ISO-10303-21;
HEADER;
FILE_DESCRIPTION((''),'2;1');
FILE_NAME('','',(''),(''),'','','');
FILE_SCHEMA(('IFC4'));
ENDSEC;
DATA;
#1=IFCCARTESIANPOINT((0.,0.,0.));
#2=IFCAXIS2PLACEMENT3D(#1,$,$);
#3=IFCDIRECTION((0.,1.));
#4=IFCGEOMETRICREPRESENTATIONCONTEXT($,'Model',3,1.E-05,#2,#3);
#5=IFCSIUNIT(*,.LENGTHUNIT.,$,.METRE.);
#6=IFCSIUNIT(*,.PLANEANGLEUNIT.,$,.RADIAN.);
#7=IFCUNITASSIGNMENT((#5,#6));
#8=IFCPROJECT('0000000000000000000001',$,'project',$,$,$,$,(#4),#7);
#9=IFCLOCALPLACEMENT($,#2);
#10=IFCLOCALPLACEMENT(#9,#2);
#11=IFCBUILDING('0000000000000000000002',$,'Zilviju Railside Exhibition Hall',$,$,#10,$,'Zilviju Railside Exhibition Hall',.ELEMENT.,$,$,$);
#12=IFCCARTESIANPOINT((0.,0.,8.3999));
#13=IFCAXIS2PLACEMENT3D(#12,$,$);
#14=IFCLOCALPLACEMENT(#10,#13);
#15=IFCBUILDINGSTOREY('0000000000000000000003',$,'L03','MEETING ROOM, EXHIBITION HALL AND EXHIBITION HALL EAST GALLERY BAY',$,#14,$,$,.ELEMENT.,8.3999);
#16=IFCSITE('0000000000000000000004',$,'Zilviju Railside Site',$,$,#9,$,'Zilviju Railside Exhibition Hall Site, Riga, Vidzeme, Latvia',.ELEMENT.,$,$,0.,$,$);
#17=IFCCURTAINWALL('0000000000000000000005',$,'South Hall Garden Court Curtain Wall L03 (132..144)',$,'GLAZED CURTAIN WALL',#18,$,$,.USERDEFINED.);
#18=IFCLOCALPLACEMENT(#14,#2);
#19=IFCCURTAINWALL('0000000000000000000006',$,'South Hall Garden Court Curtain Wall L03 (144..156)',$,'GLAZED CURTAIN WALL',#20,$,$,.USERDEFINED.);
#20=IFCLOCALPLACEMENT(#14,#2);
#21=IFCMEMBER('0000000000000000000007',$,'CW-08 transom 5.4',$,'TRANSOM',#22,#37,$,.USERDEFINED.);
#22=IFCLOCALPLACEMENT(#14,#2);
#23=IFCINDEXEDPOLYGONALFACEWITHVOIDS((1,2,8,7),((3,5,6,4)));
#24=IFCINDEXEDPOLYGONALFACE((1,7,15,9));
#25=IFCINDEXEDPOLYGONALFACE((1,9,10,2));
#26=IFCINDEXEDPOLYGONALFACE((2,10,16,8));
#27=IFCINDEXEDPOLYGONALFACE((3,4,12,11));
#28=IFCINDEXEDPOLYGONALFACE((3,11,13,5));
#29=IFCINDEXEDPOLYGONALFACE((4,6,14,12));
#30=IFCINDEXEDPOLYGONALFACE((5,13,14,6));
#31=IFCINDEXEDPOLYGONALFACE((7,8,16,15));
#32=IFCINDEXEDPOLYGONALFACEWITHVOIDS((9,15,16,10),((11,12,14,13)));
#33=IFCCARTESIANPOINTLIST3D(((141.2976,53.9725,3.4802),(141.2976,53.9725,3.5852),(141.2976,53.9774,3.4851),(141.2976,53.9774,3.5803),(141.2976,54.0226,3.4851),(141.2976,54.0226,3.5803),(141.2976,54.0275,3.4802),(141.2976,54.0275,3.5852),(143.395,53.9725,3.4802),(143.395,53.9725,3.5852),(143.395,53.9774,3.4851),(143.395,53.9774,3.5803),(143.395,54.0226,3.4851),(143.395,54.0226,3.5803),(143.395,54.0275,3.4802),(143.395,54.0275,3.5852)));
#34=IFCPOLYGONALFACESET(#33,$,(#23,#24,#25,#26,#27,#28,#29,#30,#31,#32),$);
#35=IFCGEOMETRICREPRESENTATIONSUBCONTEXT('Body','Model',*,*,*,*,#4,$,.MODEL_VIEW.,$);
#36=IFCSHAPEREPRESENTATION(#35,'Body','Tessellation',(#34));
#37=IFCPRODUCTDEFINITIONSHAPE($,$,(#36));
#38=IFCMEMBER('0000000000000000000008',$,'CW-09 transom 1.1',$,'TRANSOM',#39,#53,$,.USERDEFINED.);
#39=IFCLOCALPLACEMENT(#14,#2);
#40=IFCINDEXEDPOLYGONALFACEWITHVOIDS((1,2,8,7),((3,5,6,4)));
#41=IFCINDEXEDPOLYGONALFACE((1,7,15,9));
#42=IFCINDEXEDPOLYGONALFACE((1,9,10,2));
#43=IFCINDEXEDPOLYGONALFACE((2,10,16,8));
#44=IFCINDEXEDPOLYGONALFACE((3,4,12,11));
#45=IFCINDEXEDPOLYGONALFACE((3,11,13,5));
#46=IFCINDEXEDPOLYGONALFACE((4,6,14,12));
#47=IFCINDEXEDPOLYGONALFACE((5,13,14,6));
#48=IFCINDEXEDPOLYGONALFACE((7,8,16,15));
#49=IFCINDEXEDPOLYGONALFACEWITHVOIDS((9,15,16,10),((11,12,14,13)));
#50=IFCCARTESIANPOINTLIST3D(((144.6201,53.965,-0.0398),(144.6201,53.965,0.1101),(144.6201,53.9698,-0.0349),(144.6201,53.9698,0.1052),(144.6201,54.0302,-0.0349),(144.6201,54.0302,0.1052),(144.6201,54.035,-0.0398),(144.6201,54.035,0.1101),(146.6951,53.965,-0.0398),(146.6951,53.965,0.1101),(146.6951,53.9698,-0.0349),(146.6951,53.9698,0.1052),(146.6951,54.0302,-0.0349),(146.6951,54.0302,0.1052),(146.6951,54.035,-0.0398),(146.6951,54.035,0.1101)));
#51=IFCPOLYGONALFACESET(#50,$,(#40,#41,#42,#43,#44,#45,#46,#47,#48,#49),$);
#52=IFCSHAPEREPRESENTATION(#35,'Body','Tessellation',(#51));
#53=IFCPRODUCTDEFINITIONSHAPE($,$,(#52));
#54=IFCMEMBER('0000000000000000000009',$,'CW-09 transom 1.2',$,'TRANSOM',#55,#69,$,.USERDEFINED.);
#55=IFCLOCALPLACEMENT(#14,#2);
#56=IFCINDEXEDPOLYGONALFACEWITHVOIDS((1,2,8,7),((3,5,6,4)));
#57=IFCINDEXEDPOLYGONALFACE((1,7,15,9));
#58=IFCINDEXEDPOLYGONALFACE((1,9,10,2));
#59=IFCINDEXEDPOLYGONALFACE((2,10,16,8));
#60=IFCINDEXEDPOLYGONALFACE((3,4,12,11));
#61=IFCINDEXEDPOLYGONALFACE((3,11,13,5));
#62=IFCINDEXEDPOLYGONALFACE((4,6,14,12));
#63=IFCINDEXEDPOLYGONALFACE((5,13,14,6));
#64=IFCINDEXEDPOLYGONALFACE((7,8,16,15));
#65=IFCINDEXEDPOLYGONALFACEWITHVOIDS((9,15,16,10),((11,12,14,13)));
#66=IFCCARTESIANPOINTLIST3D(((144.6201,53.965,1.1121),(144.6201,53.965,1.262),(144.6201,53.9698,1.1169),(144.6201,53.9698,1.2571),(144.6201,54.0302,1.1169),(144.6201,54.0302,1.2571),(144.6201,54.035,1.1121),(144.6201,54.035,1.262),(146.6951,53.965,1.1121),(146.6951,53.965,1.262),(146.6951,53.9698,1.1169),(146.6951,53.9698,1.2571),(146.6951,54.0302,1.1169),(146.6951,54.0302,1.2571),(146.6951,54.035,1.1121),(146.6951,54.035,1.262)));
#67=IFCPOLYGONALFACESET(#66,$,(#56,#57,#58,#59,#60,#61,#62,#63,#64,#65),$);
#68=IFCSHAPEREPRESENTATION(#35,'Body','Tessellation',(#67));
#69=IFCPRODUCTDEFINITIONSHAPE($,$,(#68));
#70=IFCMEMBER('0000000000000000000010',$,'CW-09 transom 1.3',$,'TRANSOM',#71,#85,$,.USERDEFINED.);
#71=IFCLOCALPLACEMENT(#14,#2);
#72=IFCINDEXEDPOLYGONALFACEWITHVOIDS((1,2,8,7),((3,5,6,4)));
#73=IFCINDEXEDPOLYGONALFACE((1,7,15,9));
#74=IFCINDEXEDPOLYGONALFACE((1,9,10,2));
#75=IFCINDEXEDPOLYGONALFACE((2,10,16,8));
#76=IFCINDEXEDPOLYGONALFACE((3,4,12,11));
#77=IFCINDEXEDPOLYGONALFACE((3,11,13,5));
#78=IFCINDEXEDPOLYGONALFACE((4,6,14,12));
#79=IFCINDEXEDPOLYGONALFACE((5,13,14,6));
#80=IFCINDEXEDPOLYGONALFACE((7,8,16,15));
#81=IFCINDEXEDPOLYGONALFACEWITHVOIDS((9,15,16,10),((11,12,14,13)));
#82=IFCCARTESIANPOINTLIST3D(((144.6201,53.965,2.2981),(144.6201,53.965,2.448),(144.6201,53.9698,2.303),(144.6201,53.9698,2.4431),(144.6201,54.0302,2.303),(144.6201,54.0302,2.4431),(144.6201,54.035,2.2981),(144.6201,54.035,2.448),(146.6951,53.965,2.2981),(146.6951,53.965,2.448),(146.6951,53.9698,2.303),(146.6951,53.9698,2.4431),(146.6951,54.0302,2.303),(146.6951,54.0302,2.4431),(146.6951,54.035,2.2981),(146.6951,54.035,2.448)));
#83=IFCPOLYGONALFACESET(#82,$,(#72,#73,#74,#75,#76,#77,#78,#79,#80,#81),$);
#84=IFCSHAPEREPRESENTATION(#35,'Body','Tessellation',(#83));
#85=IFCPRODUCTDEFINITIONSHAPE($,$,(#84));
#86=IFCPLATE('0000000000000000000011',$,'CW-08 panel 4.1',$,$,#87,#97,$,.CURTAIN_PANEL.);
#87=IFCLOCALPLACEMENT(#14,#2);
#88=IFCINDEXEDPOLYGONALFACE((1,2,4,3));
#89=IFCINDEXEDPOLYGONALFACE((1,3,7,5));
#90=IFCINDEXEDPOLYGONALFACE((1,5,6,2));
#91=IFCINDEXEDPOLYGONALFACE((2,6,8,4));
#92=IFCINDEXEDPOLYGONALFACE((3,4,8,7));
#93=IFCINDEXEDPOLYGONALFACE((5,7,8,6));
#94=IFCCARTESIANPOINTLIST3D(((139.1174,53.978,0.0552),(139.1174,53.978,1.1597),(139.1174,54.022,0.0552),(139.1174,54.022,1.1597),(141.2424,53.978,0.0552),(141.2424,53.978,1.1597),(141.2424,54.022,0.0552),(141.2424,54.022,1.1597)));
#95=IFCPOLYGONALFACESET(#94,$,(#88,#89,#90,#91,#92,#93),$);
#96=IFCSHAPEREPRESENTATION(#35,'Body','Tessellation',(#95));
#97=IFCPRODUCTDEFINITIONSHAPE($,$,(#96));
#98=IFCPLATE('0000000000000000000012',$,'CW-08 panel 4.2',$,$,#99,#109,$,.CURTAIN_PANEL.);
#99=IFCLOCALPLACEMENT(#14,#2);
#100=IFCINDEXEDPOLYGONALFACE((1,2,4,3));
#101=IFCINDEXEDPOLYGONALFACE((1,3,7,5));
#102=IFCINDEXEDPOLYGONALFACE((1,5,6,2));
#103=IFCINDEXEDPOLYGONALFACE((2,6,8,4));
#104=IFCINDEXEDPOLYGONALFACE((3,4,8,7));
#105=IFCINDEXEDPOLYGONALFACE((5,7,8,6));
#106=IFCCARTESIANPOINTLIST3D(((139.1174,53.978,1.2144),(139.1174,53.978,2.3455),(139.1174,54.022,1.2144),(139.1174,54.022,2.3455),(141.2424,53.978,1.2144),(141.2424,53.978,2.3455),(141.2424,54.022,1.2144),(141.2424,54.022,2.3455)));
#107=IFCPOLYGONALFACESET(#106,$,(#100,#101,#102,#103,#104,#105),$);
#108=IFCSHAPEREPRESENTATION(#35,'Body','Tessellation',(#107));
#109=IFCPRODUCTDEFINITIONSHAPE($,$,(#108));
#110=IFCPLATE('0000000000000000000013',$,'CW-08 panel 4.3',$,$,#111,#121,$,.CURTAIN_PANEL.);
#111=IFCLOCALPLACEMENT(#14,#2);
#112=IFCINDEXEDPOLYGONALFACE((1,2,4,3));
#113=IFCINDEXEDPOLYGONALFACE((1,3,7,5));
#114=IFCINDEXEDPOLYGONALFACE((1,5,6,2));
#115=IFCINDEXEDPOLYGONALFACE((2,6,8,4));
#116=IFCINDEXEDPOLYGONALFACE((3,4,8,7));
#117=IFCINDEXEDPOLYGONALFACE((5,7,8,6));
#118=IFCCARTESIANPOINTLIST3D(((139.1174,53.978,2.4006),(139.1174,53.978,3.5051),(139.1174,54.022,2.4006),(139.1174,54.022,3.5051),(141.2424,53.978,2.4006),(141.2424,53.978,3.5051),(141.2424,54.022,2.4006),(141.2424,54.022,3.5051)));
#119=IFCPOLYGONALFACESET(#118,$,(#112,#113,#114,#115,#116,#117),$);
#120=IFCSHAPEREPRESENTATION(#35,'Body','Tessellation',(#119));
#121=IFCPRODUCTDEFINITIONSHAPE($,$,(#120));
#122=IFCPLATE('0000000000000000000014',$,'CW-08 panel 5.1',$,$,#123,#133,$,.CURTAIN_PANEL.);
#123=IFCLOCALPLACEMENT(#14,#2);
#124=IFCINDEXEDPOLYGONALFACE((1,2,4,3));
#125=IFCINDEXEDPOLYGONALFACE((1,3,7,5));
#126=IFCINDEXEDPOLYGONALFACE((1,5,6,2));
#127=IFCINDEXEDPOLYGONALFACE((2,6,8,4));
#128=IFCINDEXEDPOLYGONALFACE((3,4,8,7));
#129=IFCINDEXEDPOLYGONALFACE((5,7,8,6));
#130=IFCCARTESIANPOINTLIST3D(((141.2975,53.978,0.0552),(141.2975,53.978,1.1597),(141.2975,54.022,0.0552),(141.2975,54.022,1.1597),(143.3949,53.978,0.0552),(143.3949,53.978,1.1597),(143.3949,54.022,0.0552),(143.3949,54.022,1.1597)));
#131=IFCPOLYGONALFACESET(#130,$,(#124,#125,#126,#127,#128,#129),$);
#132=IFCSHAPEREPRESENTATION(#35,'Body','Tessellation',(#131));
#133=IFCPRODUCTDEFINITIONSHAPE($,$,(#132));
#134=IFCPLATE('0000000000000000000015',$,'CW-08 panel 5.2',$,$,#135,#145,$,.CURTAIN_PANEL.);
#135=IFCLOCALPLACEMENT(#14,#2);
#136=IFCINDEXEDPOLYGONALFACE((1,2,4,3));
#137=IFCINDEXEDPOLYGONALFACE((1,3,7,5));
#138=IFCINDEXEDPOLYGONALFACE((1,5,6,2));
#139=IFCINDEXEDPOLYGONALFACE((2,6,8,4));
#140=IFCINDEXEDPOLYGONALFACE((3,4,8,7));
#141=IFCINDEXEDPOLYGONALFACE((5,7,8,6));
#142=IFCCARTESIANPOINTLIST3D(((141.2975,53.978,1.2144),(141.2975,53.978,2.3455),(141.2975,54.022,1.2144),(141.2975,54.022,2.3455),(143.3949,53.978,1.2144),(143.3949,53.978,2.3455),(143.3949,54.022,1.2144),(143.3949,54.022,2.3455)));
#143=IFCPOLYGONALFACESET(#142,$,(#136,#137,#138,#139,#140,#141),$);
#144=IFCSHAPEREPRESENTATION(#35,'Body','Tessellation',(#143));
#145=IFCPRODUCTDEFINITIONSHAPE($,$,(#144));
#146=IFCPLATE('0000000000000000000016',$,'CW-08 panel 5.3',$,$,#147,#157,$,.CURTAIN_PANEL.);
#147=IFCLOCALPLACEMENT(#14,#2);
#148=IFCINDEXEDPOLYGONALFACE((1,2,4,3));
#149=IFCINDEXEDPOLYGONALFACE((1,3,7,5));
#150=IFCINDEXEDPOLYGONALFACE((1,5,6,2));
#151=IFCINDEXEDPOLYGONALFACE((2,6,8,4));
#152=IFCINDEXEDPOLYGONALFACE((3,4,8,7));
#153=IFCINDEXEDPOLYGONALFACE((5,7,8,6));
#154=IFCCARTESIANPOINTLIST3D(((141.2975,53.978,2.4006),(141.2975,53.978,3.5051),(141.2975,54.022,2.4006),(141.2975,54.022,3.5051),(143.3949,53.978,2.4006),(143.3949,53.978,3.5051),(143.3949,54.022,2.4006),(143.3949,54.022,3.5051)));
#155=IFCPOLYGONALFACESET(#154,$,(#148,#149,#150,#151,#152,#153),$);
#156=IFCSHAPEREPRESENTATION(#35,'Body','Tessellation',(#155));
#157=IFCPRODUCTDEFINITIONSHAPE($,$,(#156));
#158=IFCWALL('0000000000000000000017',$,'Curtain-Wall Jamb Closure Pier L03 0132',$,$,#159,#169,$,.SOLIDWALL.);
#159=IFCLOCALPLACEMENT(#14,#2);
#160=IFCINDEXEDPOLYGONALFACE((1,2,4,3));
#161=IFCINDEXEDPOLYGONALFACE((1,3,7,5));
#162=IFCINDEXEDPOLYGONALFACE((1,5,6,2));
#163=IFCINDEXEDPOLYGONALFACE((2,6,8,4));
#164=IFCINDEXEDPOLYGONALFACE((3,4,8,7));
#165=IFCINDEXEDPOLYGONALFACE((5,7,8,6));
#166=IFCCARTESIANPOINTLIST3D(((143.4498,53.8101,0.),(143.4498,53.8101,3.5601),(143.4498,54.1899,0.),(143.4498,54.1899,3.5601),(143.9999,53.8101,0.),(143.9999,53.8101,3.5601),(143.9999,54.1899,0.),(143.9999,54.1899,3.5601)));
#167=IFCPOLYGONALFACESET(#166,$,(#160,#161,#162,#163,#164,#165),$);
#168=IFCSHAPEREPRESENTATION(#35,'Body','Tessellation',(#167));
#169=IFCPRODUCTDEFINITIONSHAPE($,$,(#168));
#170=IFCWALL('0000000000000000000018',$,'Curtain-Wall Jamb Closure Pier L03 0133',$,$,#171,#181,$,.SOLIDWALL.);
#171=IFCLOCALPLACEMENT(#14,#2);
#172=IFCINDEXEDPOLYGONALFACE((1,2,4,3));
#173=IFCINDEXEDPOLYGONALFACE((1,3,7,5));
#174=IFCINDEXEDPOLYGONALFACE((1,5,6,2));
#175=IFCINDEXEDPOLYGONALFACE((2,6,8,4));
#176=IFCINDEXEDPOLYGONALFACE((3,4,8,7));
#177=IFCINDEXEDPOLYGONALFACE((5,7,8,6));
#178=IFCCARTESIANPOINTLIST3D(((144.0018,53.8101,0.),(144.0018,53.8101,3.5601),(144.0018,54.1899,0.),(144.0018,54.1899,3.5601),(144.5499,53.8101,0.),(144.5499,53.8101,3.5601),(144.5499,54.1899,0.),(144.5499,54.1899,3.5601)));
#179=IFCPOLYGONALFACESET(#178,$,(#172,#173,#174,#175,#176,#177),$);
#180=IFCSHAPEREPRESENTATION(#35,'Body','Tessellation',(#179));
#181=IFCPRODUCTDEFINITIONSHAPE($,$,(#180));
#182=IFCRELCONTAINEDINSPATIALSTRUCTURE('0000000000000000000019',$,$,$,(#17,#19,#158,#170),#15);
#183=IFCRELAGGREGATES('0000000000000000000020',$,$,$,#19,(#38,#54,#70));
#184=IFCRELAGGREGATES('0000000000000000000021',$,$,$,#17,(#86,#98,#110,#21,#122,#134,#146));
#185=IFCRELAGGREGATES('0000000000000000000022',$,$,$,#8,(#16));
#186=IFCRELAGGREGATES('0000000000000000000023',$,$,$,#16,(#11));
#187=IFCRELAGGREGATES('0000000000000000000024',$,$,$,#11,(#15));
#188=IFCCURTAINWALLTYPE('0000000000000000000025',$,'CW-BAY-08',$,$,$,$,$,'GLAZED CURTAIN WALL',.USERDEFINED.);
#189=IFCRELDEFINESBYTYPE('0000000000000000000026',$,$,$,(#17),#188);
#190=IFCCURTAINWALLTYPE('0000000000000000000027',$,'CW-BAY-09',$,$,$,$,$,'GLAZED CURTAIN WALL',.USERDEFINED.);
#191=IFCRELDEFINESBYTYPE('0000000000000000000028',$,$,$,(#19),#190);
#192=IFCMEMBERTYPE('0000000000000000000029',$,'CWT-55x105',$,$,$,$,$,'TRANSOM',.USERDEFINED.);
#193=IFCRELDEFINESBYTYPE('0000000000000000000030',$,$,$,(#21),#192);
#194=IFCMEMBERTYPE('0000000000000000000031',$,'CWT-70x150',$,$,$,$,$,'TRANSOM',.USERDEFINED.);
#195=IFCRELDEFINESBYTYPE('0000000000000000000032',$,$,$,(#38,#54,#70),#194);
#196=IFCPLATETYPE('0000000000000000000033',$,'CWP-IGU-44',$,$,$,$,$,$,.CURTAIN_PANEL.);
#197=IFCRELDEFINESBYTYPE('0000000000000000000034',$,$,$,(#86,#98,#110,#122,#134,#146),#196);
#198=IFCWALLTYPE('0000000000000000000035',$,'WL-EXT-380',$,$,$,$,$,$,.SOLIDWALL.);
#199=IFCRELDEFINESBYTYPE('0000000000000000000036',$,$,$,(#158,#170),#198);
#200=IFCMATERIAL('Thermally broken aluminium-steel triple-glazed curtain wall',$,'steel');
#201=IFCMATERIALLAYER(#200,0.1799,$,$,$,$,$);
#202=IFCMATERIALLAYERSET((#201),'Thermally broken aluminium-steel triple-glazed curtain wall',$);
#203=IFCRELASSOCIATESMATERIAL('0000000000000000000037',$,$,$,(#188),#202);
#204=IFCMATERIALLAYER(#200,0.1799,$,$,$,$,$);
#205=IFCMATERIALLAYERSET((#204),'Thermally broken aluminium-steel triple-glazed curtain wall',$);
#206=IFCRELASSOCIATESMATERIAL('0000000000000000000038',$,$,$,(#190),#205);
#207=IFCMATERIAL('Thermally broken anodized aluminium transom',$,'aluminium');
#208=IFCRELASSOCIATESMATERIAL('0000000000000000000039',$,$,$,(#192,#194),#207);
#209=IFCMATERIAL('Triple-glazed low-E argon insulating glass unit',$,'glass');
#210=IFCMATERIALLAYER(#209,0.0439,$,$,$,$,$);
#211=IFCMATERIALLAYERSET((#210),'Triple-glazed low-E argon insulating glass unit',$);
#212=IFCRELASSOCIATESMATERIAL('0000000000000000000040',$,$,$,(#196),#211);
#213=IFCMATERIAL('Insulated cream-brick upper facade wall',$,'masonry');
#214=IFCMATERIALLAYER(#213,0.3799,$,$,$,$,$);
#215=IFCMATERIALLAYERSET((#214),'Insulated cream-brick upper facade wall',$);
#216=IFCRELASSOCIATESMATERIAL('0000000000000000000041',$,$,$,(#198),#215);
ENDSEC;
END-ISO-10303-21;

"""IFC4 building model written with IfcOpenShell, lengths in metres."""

from ifc_helpers import new_model, si_unit, direction, frame, frame_2d, origin, origin_2d, place, context, subcontext, project, spatial, rectangle, hollow_rectangle, extrude, material, layer, layer_set, material_profile, profile_set, type_object, element, aggregate, save


model = new_model("IFC4")

# Units and contexts
model_context = context("Model", 3, precision=1e-05, world=origin(), true_north=direction((0.0, 1.0)))
body_context = subcontext(model_context, "Body", "Model", "MODEL_VIEW")
ifc_project = project(units=[si_unit("LENGTHUNIT", "METRE"), si_unit("PLANEANGLEUNIT", "RADIAN")], contexts=[model_context])

# Site, building, storey
site_placement = place(None, origin())
site = spatial("IfcSite", under=ifc_project, at=site_placement, Name="Zilviju Railside Site", LongName="Zilviju Railside Exhibition Hall Site, Riga, Vidzeme, Latvia", CompositionType="ELEMENT", RefElevation=0.0)
building_placement = place(site_placement, origin())
building = spatial("IfcBuilding", under=site, at=building_placement, Name="Zilviju Railside Exhibition Hall", LongName="Zilviju Railside Exhibition Hall", CompositionType="ELEMENT")
storey_placement = place(building_placement, frame((0.0, 0.0, 8.3999)))
storey = spatial("IfcBuildingStorey", under=building, at=storey_placement, Name="L03", Description="MEETING ROOM, EXHIBITION HALL AND EXHIBITION HALL EAST GALLERY BAY", CompositionType="ELEMENT", Elevation=8.3999)

# Curtain wall
ifc_material_1 = material(Name="Thermally broken aluminium-steel triple-glazed curtain wall", Category="steel")
ifc_layer_1 = layer(ifc_material_1, 0.1799)
ifc_layer_set_1 = layer_set([ifc_layer_1], Name="Thermally broken aluminium-steel triple-glazed curtain wall")
curtain_wall_type_1 = type_object("IfcCurtainWallType", Name="CW-BAY-08", ElementType="GLAZED CURTAIN WALL", PredefinedType="USERDEFINED", material=ifc_layer_set_1)
curtain_wall_1_placement = place(storey_placement, origin())
curtain_wall_1 = element("IfcCurtainWall", 1, at=curtain_wall_1_placement, inside=storey, type_object=curtain_wall_type_1, Name="South Hall Garden Court Curtain Wall L03 (132..144)", ObjectType="GLAZED CURTAIN WALL", PredefinedType="USERDEFINED")

# Curtain wall
ifc_layer_2 = layer(ifc_material_1, 0.1799)
ifc_layer_set_2 = layer_set([ifc_layer_2], Name="Thermally broken aluminium-steel triple-glazed curtain wall")
curtain_wall_type_2 = type_object("IfcCurtainWallType", Name="CW-BAY-09", ElementType="GLAZED CURTAIN WALL", PredefinedType="USERDEFINED", material=ifc_layer_set_2)
curtain_wall_2_placement = place(storey_placement, origin())
curtain_wall_2 = element("IfcCurtainWall", 2, at=curtain_wall_2_placement, inside=storey, type_object=curtain_wall_type_2, Name="South Hall Garden Court Curtain Wall L03 (144..156)", ObjectType="GLAZED CURTAIN WALL", PredefinedType="USERDEFINED")

# Members
ifc_material_2 = material(Name="Thermally broken anodized aluminium transom", Category="aluminium")
ifc_material_profile_1 = material_profile(ifc_material_2, hollow_rectangle(XDim=0.0549, YDim=0.105, WallThickness=0.0049, at=origin_2d()), Name="TRANSOM 105x55x5")
ifc_profile_set_1 = profile_set([ifc_material_profile_1], Name="Thermally broken anodized aluminium transom")
member_type_1 = type_object("IfcMemberType", Name="CWT-55x105", ElementType="TRANSOM", PredefinedType="USERDEFINED", material=ifc_profile_set_1)
member_1_placement = place(storey_placement, frame((141.2976, 54.0, 3.5327), z_axis=(1.0, 0.0, 0.0), x_axis=(0.0, 1.0, 0.0)))
member_1 = element("IfcMember", 3, at=member_1_placement, type_object=member_type_1, Name="CW-08 transom 5.4", ObjectType="TRANSOM", PredefinedType="USERDEFINED", context=body_context, shape_type="SweptSolid", body=[
    extrude(hollow_rectangle(XDim=0.0549, YDim=0.105, WallThickness=0.0049, at=origin_2d()), origin(), (0.0, 0.0, 1.0), 2.0974),
])
ifc_material_profile_2 = material_profile(ifc_material_2, hollow_rectangle(XDim=0.0701, YDim=0.1499, WallThickness=0.0049, at=origin_2d()), Name="TRANSOM 150x70x5")
ifc_profile_set_2 = profile_set([ifc_material_profile_2], Name="Thermally broken anodized aluminium transom")
member_type_2 = type_object("IfcMemberType", Name="CWT-70x150", ElementType="TRANSOM", PredefinedType="USERDEFINED", material=ifc_profile_set_2)
member_2_placement = place(storey_placement, frame((144.6201, 54.0, 0.0352), z_axis=(1.0, 0.0, 0.0), x_axis=(0.0, 1.0, 0.0)))
member_2 = element("IfcMember", 4, at=member_2_placement, type_object=member_type_2, Name="CW-09 transom 1.1", ObjectType="TRANSOM", PredefinedType="USERDEFINED", context=body_context, shape_type="SweptSolid", body=[
    extrude(hollow_rectangle(XDim=0.0701, YDim=0.1499, WallThickness=0.0049, at=origin_2d()), origin(), (0.0, 0.0, 1.0), 2.075),
])
member_3_placement = place(storey_placement, frame((144.6201, 54.0, 1.187), z_axis=(1.0, 0.0, 0.0), x_axis=(0.0, 1.0, 0.0)))
member_3 = element("IfcMember", 5, at=member_3_placement, type_object=member_type_2, Name="CW-09 transom 1.2", ObjectType="TRANSOM", PredefinedType="USERDEFINED", context=body_context, shape_type="SweptSolid", body=[
    extrude(hollow_rectangle(XDim=0.0701, YDim=0.1499, WallThickness=0.0049, at=origin_2d()), origin(), (0.0, 0.0, 1.0), 2.075),
])
member_4_placement = place(storey_placement, frame((144.6201, 54.0, 2.373), z_axis=(1.0, 0.0, 0.0), x_axis=(0.0, 1.0, 0.0)))
member_4 = element("IfcMember", 6, at=member_4_placement, type_object=member_type_2, Name="CW-09 transom 1.3", ObjectType="TRANSOM", PredefinedType="USERDEFINED", context=body_context, shape_type="SweptSolid", body=[
    extrude(hollow_rectangle(XDim=0.0701, YDim=0.1499, WallThickness=0.0049, at=origin_2d()), origin(), (0.0, 0.0, 1.0), 2.075),
])
aggregate(curtain_wall_2, [member_2, member_3, member_4])

# Plates
ifc_material_3 = material(Name="Triple-glazed low-E argon insulating glass unit", Category="glass")
ifc_layer_3 = layer(ifc_material_3, 0.0439)
ifc_layer_set_3 = layer_set([ifc_layer_3], Name="Triple-glazed low-E argon insulating glass unit")
plate_type = type_object("IfcPlateType", Name="CWP-IGU-44", PredefinedType="CURTAIN_PANEL", material=ifc_layer_set_3)
plate_1_placement = place(storey_placement, frame((140.1799, 54.0, 0.0552), z_axis=(0.0, 0.0, 1.0), x_axis=(1.0, 0.0, 0.0)))
plate_1 = element("IfcPlate", 7, at=plate_1_placement, type_object=plate_type, Name="CW-08 panel 4.1", PredefinedType="CURTAIN_PANEL", context=body_context, shape_type="SweptSolid", body=[
    extrude(rectangle(XDim=2.125, YDim=0.0439, at=origin_2d()), origin(), (0.0, 0.0, 1.0), 1.1045),
])
plate_2_placement = place(storey_placement, frame((140.1799, 54.0, 1.2144), z_axis=(0.0, 0.0, 1.0), x_axis=(1.0, 0.0, 0.0)))
plate_2 = element("IfcPlate", 8, at=plate_2_placement, type_object=plate_type, Name="CW-08 panel 4.2", PredefinedType="CURTAIN_PANEL", context=body_context, shape_type="SweptSolid", body=[
    extrude(rectangle(XDim=2.125, YDim=0.0439, at=origin_2d()), origin(), (0.0, 0.0, 1.0), 1.1311),
])
plate_3_placement = place(storey_placement, frame((140.1799, 54.0, 2.4006), z_axis=(0.0, 0.0, 1.0), x_axis=(1.0, 0.0, 0.0)))
plate_3 = element("IfcPlate", 9, at=plate_3_placement, type_object=plate_type, Name="CW-08 panel 4.3", PredefinedType="CURTAIN_PANEL", context=body_context, shape_type="SweptSolid", body=[
    extrude(rectangle(XDim=2.125, YDim=0.0439, at=origin_2d()), origin(), (0.0, 0.0, 1.0), 1.1045),
])
plate_4_placement = place(storey_placement, frame((142.3462, 54.0, 0.0552), z_axis=(0.0, 0.0, 1.0), x_axis=(1.0, 0.0, 0.0)))
plate_4 = element("IfcPlate", 10, at=plate_4_placement, type_object=plate_type, Name="CW-08 panel 5.1", PredefinedType="CURTAIN_PANEL", context=body_context, shape_type="SweptSolid", body=[
    extrude(rectangle(XDim=2.0974, YDim=0.0439, at=origin_2d()), origin(), (0.0, 0.0, 1.0), 1.1045),
])
plate_5_placement = place(storey_placement, frame((142.3462, 54.0, 1.2144), z_axis=(0.0, 0.0, 1.0), x_axis=(1.0, 0.0, 0.0)))
plate_5 = element("IfcPlate", 11, at=plate_5_placement, type_object=plate_type, Name="CW-08 panel 5.2", PredefinedType="CURTAIN_PANEL", context=body_context, shape_type="SweptSolid", body=[
    extrude(rectangle(XDim=2.0974, YDim=0.0439, at=origin_2d()), origin(), (0.0, 0.0, 1.0), 1.1311),
])
plate_6_placement = place(storey_placement, frame((142.3462, 54.0, 2.4006), z_axis=(0.0, 0.0, 1.0), x_axis=(1.0, 0.0, 0.0)))
plate_6 = element("IfcPlate", 12, at=plate_6_placement, type_object=plate_type, Name="CW-08 panel 5.3", PredefinedType="CURTAIN_PANEL", context=body_context, shape_type="SweptSolid", body=[
    extrude(rectangle(XDim=2.0974, YDim=0.0439, at=origin_2d()), origin(), (0.0, 0.0, 1.0), 1.1045),
])
aggregate(curtain_wall_1, [plate_1, plate_2, plate_3, member_1, plate_4, plate_5, plate_6])

# Walls
ifc_material_4 = material(Name="Insulated cream-brick upper facade wall", Category="masonry")
ifc_layer_4 = layer(ifc_material_4, 0.3799)
ifc_layer_set_4 = layer_set([ifc_layer_4], Name="Insulated cream-brick upper facade wall")
wall_type = type_object("IfcWallType", Name="WL-EXT-380", PredefinedType="SOLIDWALL", material=ifc_layer_set_4)
wall_1_placement = place(storey_placement, frame((143.45, 54.0, 0.0), z_axis=(0.0, 0.0, 1.0), x_axis=(1.0, 0.0, 0.0)))
element("IfcWall", 13, at=wall_1_placement, inside=storey, type_object=wall_type, Name="Curtain-Wall Jamb Closure Pier L03 0132", PredefinedType="SOLIDWALL", context=body_context, shape_type="SweptSolid", body=[
    extrude(rectangle(XDim=0.55, YDim=0.3799, at=frame_2d((0.2749, 0.0))), origin(), (0.0, 0.0, 1.0), 3.5601),
])
wall_2_placement = place(storey_placement, frame((144.002, 54.0, 0.0), z_axis=(0.0, 0.0, 1.0), x_axis=(1.0, 0.0, 0.0)))
element("IfcWall", 14, at=wall_2_placement, inside=storey, type_object=wall_type, Name="Curtain-Wall Jamb Closure Pier L03 0133", PredefinedType="SOLIDWALL", context=body_context, shape_type="SweptSolid", body=[
    extrude(rectangle(XDim=0.5481, YDim=0.3799, at=frame_2d((0.2739, 0.0))), origin(), (0.0, 0.0, 1.0), 3.5601),
])

save(model, "model.ifc")
